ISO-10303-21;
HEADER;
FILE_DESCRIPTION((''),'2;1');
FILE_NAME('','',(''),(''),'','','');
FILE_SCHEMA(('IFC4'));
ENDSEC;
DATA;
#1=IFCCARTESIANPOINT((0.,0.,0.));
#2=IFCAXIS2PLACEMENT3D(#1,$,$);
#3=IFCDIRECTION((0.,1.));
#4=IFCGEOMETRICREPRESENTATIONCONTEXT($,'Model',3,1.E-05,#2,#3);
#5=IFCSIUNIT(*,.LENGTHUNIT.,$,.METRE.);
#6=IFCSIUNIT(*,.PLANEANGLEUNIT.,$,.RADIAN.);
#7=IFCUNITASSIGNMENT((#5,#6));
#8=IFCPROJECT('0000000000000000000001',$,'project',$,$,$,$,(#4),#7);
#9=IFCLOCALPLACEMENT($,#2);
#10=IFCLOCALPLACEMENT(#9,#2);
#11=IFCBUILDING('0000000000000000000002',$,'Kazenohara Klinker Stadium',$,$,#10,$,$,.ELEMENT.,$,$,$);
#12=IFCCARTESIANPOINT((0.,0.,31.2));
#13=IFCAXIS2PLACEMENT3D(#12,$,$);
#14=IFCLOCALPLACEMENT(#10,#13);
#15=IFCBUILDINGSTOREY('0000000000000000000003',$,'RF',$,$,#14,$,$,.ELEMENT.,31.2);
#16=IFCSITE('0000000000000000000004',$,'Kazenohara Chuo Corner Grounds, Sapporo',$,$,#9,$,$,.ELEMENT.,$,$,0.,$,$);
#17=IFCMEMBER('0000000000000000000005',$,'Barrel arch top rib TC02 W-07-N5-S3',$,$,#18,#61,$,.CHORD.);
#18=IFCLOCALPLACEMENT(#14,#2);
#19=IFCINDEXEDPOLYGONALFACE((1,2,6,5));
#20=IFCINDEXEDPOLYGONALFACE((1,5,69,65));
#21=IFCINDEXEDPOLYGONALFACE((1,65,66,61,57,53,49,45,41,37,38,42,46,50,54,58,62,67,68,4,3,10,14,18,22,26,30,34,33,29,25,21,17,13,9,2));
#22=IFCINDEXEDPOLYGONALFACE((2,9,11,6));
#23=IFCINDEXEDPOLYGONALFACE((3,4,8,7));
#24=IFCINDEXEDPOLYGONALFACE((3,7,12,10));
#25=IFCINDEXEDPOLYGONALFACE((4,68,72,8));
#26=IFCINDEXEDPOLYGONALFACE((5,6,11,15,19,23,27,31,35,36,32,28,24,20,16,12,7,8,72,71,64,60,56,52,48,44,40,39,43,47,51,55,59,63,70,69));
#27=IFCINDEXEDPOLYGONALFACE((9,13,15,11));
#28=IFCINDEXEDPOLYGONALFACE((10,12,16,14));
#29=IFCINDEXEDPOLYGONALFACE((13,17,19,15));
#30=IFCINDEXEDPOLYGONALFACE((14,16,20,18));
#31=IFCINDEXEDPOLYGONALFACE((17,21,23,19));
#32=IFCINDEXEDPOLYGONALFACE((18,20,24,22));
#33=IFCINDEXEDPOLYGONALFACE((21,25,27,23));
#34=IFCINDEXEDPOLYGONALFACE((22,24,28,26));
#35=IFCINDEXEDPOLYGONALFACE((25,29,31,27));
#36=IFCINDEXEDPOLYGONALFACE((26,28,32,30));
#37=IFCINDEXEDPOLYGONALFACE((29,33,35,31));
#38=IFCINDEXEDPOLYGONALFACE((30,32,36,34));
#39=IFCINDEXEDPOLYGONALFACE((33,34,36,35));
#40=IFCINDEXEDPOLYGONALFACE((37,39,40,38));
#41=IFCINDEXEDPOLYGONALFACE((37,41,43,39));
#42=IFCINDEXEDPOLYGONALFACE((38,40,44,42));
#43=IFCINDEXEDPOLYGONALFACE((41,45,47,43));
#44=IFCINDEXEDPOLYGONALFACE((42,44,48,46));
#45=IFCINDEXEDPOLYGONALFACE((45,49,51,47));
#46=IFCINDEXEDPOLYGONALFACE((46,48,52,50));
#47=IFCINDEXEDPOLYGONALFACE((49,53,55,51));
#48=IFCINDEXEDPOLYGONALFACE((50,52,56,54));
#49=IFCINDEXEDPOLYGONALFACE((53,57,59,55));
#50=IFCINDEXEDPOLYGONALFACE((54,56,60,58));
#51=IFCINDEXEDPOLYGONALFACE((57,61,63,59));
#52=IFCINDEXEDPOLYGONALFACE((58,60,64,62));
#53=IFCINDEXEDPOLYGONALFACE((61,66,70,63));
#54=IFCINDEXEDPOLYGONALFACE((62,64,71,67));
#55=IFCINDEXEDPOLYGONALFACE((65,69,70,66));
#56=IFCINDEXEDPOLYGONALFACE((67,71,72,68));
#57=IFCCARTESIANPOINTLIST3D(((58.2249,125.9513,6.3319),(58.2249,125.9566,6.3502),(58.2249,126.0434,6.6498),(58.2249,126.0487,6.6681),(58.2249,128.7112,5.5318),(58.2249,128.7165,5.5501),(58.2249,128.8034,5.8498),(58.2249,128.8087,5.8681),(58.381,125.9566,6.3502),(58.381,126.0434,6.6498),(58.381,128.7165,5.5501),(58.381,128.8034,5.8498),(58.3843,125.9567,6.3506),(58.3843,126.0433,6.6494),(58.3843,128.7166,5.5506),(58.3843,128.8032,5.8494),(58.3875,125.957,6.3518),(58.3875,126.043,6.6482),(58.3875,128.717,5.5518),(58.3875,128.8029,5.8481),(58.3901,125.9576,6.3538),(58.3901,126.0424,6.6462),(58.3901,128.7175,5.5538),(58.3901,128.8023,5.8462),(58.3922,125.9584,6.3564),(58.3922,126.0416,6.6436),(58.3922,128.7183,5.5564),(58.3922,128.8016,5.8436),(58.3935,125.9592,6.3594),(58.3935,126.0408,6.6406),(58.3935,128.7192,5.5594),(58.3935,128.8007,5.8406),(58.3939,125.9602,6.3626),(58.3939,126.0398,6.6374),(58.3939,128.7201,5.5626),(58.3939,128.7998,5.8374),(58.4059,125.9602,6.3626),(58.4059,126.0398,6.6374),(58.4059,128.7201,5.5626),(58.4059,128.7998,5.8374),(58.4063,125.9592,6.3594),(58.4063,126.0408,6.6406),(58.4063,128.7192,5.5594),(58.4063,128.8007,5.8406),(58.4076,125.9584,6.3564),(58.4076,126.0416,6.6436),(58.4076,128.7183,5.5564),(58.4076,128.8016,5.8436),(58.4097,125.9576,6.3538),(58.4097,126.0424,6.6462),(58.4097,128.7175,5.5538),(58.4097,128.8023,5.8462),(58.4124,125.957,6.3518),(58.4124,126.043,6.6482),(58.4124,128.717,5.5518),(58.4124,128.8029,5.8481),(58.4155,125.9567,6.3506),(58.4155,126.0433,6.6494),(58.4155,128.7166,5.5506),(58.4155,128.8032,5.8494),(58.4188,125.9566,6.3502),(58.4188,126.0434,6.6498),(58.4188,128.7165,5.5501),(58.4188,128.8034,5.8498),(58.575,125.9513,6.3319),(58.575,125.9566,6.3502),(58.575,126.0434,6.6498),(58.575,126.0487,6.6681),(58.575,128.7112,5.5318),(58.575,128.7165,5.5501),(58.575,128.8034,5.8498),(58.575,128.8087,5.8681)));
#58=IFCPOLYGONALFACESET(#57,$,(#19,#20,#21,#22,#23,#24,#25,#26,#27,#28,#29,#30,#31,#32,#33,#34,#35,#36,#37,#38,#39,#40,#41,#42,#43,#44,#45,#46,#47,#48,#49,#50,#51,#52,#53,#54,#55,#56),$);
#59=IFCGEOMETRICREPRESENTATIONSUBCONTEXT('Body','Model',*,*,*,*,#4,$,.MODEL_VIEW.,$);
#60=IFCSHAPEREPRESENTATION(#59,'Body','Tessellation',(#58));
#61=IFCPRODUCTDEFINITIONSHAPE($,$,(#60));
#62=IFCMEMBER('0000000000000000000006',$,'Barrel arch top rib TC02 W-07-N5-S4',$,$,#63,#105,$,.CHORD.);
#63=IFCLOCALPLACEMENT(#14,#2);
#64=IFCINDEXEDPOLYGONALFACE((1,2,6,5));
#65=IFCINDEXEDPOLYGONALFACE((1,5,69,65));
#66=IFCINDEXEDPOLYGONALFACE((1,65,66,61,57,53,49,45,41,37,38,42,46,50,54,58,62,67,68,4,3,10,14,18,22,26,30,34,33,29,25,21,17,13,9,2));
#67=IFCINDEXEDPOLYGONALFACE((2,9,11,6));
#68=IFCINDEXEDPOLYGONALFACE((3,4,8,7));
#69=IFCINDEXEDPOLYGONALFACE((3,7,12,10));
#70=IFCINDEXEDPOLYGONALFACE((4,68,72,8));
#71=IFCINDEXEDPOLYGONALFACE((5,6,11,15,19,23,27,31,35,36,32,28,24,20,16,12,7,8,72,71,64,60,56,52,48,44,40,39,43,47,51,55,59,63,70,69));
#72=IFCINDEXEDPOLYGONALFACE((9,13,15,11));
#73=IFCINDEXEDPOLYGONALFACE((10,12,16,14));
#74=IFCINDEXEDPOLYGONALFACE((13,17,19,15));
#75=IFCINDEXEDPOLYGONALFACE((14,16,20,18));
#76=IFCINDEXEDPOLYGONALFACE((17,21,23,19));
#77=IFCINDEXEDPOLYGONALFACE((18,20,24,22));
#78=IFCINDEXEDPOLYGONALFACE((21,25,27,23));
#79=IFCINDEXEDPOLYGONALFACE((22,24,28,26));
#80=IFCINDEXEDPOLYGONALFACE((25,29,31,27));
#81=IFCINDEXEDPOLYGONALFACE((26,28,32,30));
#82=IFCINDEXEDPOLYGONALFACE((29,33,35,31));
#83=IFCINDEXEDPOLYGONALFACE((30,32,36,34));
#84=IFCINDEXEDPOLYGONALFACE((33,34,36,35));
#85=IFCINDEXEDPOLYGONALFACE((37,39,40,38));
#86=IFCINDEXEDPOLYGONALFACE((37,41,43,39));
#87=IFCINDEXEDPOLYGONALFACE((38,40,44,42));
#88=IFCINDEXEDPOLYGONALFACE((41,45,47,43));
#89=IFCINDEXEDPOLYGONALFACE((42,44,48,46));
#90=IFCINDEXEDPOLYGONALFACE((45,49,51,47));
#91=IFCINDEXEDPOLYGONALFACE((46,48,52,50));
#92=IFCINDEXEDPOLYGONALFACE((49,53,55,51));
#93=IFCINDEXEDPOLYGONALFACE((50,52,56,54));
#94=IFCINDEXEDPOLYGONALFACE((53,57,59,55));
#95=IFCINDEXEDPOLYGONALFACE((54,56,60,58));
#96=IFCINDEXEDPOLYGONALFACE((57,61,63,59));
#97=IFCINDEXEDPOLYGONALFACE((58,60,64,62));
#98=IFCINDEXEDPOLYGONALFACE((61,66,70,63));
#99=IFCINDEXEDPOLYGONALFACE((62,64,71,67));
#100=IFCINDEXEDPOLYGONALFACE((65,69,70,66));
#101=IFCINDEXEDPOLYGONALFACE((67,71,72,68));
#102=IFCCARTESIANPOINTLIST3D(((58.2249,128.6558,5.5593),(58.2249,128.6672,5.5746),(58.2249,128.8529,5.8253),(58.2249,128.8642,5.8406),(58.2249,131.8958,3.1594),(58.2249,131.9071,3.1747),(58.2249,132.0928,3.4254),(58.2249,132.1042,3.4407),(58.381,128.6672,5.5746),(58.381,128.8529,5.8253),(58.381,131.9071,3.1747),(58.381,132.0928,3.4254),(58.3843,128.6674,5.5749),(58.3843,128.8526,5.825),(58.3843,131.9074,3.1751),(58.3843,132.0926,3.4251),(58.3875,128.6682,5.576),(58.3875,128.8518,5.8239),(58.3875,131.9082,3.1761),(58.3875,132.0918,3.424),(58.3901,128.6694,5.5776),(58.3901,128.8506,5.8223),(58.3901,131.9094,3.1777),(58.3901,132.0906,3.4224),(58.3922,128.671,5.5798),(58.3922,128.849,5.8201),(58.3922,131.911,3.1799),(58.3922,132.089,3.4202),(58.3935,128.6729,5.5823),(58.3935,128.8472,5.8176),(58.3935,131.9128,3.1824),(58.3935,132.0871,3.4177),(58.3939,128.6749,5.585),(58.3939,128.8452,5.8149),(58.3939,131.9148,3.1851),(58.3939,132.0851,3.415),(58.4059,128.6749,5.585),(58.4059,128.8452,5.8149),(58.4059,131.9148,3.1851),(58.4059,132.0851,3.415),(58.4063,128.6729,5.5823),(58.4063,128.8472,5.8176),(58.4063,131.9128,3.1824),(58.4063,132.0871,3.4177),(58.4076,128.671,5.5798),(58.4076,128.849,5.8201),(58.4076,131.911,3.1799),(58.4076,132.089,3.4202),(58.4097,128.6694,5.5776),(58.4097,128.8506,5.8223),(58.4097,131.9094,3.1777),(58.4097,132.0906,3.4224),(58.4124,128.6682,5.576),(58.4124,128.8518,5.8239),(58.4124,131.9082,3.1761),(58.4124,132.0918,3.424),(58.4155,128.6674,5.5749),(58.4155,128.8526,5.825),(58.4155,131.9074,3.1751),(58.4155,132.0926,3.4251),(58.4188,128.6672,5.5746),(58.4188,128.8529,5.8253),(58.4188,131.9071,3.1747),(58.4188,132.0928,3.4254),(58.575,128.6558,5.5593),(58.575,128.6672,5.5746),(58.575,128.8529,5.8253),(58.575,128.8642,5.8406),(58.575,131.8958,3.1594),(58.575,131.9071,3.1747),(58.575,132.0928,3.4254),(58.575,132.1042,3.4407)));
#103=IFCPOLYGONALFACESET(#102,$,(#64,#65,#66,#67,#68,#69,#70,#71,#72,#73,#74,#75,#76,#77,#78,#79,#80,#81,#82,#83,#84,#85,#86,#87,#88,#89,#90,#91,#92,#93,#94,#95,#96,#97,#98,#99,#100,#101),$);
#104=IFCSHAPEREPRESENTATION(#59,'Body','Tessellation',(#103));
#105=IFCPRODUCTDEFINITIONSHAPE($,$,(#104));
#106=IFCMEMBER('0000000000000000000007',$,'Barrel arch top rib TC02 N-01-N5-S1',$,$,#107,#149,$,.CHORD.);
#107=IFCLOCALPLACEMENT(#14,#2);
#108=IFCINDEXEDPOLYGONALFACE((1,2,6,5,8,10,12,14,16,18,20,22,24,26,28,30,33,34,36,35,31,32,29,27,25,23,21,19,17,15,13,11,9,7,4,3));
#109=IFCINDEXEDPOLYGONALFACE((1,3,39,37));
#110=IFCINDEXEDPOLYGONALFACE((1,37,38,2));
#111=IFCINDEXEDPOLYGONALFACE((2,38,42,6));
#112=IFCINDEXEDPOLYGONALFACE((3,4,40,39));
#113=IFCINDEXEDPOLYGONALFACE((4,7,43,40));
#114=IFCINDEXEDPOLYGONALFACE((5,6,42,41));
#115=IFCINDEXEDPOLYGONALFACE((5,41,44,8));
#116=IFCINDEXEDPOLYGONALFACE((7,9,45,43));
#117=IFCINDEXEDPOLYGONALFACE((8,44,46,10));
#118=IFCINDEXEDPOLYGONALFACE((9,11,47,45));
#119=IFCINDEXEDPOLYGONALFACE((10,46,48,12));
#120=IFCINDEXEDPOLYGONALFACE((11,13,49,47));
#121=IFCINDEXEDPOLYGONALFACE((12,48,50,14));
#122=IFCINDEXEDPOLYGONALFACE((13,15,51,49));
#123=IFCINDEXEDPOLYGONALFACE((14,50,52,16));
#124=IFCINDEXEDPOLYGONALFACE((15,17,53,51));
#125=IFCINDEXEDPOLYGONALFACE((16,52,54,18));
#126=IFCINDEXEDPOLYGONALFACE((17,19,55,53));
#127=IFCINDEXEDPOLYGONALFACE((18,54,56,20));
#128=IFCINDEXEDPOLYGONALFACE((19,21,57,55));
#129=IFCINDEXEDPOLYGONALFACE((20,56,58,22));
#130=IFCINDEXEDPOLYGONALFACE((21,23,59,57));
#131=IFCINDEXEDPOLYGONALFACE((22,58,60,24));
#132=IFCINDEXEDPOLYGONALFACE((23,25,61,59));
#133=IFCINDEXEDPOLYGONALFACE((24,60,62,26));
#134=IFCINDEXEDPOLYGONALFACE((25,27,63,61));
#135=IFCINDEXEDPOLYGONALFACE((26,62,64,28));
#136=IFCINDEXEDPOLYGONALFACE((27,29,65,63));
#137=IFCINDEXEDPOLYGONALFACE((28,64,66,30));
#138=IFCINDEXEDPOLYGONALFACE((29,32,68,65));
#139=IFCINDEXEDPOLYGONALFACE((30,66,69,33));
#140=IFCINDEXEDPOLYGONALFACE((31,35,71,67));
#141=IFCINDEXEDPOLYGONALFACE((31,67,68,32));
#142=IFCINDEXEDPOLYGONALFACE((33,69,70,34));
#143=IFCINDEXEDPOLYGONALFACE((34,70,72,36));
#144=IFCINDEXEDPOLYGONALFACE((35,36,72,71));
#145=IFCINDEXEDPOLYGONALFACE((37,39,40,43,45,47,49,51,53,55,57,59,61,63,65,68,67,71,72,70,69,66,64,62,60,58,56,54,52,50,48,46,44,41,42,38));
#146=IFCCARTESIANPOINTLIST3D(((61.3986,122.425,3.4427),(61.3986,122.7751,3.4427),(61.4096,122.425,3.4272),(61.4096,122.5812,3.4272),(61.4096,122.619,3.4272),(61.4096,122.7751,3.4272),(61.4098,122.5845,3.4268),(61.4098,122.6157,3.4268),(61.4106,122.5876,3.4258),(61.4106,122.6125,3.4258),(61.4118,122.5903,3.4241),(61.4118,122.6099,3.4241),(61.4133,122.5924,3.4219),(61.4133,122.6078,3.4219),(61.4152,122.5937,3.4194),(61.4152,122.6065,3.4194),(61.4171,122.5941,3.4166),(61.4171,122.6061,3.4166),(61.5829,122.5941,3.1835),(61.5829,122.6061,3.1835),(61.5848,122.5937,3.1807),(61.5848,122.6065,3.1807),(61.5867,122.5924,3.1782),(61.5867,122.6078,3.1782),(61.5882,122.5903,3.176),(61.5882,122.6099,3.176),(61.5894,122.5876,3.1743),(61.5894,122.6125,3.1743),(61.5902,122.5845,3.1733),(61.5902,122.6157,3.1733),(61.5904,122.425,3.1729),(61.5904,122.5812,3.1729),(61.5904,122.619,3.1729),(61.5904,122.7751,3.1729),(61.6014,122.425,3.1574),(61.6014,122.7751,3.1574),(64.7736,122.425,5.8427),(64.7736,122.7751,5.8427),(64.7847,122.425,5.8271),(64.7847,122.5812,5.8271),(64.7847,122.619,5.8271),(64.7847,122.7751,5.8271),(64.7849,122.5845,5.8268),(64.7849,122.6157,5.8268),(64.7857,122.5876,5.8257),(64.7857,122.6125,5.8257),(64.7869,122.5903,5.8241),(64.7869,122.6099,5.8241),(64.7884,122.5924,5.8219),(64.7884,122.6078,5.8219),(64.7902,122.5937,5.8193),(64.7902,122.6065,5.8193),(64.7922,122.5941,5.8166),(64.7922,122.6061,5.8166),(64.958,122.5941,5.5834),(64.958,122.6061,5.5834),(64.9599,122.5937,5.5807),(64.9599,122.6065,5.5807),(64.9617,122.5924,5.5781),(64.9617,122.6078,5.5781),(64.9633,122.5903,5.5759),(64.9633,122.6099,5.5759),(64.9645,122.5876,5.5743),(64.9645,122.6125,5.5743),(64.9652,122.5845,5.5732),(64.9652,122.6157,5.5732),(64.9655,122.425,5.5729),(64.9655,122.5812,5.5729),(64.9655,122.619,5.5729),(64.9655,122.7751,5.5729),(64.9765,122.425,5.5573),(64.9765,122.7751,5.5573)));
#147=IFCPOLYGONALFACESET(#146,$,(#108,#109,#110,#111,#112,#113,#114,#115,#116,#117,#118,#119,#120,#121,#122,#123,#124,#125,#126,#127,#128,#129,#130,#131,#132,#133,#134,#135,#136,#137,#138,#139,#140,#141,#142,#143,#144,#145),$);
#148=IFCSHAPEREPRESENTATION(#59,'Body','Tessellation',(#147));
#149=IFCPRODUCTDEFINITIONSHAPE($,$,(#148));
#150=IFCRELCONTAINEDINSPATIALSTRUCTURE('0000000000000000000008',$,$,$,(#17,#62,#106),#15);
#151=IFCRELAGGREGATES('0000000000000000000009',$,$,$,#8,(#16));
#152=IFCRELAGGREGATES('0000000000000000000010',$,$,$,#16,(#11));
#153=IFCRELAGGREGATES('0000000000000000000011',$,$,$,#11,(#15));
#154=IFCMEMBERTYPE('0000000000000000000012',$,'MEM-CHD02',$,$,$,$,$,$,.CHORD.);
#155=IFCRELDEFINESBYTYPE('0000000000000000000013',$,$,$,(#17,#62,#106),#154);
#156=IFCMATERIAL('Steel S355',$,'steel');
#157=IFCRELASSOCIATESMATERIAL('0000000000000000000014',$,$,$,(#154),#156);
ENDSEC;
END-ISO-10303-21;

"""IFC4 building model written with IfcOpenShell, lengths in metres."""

from ifc_helpers import new_model, si_unit, direction, frame, origin, origin_2d, place, context, subcontext, project, spatial, i_section, extrude, material, material_profile, profile_set, type_object, element, save


model = new_model("IFC4")

# Units and contexts
model_context = context("Model", 3, precision=1e-05, world=origin(), true_north=direction((0.0, 1.0)))
body_context = subcontext(model_context, "Body", "Model", "MODEL_VIEW")
ifc_project = project(units=[si_unit("LENGTHUNIT", "METRE"), si_unit("PLANEANGLEUNIT", "RADIAN")], contexts=[model_context])

# Site, building, storey
site_placement = place(None, origin())
site = spatial("IfcSite", under=ifc_project, at=site_placement, Name="Kazenohara Chuo Corner Grounds, Sapporo", CompositionType="ELEMENT", RefElevation=0.0)
building_placement = place(site_placement, origin())
building = spatial("IfcBuilding", under=site, at=building_placement, Name="Kazenohara Klinker Stadium", CompositionType="ELEMENT")
storey_placement = place(building_placement, frame((0.0, 0.0, 31.2)))
storey = spatial("IfcBuildingStorey", under=building, at=storey_placement, Name="RF", CompositionType="ELEMENT", Elevation=31.2)

# Members
ifc_material = material(Name="Steel S355", Category="steel")
ifc_material_profile_1 = material_profile(ifc_material, i_section(OverallWidth=0.3501, OverallDepth=0.3501, WebThickness=0.012, FlangeThickness=0.019, FilletRadius=0.0129, at=origin_2d()), Name="H-350x350x12x19")
ifc_profile_set_1 = profile_set([ifc_material_profile_1], Name="Steel S355")
member_type_1 = type_object("IfcMemberType", Name="MEM-CHD02", PredefinedType="CHORD", material=ifc_profile_set_1)
for number, where, z_axis, x_axis, name in (
    (1, (58.3999, 126.0, 6.5), (0.0, 0.960462, -0.278411), (-1.0, 0.0, 0.0), "Barrel arch top rib TC02 W-07-N5-S3"),
):
    element("IfcMember", number, at=place(storey_placement, frame(where, z_axis=z_axis, x_axis=x_axis)), inside=storey, type_object=member_type_1, Name=name, PredefinedType="CHORD", context=body_context, shape_type="SweptSolid", body=[
        extrude(i_section(OverallWidth=0.3501, OverallDepth=0.3501, WebThickness=0.012, FlangeThickness=0.019, FilletRadius=0.0129, at=origin_2d()), origin(), (0.0, 0.0, 1.0), 2.8735),
    ])
member_1_placement = place(storey_placement, frame((58.3999, 128.76, 5.7), z_axis=(0.0, 0.803568, -0.595213), x_axis=(-1.0, 0.0, 0.0)))
element("IfcMember", 2, at=member_1_placement, inside=storey, type_object=member_type_1, Name="Barrel arch top rib TC02 W-07-N5-S4", PredefinedType="CHORD", context=body_context, shape_type="SweptSolid", body=[
    extrude(i_section(OverallWidth=0.3501, OverallDepth=0.3501, WebThickness=0.012, FlangeThickness=0.019, FilletRadius=0.0129, at=origin_2d()), origin(), (0.0, 0.0, 1.0), 4.032),
])
member_2_placement = place(storey_placement, frame((61.5, 122.6001, 3.3), z_axis=(0.814966, 0.0, 0.579508), x_axis=(0.0, 1.0, 0.0)))
element("IfcMember", 3, at=member_2_placement, inside=storey, type_object=member_type_1, Name="Barrel arch top rib TC02 N-01-N5-S1", PredefinedType="CHORD", context=body_context, shape_type="SweptSolid", body=[
    extrude(i_section(OverallWidth=0.3501, OverallDepth=0.3501, WebThickness=0.012, FlangeThickness=0.019, FilletRadius=0.0129, at=origin_2d()), origin(), (0.0, 0.0, 1.0), 4.1414),
])

save(model, "model.ifc")
